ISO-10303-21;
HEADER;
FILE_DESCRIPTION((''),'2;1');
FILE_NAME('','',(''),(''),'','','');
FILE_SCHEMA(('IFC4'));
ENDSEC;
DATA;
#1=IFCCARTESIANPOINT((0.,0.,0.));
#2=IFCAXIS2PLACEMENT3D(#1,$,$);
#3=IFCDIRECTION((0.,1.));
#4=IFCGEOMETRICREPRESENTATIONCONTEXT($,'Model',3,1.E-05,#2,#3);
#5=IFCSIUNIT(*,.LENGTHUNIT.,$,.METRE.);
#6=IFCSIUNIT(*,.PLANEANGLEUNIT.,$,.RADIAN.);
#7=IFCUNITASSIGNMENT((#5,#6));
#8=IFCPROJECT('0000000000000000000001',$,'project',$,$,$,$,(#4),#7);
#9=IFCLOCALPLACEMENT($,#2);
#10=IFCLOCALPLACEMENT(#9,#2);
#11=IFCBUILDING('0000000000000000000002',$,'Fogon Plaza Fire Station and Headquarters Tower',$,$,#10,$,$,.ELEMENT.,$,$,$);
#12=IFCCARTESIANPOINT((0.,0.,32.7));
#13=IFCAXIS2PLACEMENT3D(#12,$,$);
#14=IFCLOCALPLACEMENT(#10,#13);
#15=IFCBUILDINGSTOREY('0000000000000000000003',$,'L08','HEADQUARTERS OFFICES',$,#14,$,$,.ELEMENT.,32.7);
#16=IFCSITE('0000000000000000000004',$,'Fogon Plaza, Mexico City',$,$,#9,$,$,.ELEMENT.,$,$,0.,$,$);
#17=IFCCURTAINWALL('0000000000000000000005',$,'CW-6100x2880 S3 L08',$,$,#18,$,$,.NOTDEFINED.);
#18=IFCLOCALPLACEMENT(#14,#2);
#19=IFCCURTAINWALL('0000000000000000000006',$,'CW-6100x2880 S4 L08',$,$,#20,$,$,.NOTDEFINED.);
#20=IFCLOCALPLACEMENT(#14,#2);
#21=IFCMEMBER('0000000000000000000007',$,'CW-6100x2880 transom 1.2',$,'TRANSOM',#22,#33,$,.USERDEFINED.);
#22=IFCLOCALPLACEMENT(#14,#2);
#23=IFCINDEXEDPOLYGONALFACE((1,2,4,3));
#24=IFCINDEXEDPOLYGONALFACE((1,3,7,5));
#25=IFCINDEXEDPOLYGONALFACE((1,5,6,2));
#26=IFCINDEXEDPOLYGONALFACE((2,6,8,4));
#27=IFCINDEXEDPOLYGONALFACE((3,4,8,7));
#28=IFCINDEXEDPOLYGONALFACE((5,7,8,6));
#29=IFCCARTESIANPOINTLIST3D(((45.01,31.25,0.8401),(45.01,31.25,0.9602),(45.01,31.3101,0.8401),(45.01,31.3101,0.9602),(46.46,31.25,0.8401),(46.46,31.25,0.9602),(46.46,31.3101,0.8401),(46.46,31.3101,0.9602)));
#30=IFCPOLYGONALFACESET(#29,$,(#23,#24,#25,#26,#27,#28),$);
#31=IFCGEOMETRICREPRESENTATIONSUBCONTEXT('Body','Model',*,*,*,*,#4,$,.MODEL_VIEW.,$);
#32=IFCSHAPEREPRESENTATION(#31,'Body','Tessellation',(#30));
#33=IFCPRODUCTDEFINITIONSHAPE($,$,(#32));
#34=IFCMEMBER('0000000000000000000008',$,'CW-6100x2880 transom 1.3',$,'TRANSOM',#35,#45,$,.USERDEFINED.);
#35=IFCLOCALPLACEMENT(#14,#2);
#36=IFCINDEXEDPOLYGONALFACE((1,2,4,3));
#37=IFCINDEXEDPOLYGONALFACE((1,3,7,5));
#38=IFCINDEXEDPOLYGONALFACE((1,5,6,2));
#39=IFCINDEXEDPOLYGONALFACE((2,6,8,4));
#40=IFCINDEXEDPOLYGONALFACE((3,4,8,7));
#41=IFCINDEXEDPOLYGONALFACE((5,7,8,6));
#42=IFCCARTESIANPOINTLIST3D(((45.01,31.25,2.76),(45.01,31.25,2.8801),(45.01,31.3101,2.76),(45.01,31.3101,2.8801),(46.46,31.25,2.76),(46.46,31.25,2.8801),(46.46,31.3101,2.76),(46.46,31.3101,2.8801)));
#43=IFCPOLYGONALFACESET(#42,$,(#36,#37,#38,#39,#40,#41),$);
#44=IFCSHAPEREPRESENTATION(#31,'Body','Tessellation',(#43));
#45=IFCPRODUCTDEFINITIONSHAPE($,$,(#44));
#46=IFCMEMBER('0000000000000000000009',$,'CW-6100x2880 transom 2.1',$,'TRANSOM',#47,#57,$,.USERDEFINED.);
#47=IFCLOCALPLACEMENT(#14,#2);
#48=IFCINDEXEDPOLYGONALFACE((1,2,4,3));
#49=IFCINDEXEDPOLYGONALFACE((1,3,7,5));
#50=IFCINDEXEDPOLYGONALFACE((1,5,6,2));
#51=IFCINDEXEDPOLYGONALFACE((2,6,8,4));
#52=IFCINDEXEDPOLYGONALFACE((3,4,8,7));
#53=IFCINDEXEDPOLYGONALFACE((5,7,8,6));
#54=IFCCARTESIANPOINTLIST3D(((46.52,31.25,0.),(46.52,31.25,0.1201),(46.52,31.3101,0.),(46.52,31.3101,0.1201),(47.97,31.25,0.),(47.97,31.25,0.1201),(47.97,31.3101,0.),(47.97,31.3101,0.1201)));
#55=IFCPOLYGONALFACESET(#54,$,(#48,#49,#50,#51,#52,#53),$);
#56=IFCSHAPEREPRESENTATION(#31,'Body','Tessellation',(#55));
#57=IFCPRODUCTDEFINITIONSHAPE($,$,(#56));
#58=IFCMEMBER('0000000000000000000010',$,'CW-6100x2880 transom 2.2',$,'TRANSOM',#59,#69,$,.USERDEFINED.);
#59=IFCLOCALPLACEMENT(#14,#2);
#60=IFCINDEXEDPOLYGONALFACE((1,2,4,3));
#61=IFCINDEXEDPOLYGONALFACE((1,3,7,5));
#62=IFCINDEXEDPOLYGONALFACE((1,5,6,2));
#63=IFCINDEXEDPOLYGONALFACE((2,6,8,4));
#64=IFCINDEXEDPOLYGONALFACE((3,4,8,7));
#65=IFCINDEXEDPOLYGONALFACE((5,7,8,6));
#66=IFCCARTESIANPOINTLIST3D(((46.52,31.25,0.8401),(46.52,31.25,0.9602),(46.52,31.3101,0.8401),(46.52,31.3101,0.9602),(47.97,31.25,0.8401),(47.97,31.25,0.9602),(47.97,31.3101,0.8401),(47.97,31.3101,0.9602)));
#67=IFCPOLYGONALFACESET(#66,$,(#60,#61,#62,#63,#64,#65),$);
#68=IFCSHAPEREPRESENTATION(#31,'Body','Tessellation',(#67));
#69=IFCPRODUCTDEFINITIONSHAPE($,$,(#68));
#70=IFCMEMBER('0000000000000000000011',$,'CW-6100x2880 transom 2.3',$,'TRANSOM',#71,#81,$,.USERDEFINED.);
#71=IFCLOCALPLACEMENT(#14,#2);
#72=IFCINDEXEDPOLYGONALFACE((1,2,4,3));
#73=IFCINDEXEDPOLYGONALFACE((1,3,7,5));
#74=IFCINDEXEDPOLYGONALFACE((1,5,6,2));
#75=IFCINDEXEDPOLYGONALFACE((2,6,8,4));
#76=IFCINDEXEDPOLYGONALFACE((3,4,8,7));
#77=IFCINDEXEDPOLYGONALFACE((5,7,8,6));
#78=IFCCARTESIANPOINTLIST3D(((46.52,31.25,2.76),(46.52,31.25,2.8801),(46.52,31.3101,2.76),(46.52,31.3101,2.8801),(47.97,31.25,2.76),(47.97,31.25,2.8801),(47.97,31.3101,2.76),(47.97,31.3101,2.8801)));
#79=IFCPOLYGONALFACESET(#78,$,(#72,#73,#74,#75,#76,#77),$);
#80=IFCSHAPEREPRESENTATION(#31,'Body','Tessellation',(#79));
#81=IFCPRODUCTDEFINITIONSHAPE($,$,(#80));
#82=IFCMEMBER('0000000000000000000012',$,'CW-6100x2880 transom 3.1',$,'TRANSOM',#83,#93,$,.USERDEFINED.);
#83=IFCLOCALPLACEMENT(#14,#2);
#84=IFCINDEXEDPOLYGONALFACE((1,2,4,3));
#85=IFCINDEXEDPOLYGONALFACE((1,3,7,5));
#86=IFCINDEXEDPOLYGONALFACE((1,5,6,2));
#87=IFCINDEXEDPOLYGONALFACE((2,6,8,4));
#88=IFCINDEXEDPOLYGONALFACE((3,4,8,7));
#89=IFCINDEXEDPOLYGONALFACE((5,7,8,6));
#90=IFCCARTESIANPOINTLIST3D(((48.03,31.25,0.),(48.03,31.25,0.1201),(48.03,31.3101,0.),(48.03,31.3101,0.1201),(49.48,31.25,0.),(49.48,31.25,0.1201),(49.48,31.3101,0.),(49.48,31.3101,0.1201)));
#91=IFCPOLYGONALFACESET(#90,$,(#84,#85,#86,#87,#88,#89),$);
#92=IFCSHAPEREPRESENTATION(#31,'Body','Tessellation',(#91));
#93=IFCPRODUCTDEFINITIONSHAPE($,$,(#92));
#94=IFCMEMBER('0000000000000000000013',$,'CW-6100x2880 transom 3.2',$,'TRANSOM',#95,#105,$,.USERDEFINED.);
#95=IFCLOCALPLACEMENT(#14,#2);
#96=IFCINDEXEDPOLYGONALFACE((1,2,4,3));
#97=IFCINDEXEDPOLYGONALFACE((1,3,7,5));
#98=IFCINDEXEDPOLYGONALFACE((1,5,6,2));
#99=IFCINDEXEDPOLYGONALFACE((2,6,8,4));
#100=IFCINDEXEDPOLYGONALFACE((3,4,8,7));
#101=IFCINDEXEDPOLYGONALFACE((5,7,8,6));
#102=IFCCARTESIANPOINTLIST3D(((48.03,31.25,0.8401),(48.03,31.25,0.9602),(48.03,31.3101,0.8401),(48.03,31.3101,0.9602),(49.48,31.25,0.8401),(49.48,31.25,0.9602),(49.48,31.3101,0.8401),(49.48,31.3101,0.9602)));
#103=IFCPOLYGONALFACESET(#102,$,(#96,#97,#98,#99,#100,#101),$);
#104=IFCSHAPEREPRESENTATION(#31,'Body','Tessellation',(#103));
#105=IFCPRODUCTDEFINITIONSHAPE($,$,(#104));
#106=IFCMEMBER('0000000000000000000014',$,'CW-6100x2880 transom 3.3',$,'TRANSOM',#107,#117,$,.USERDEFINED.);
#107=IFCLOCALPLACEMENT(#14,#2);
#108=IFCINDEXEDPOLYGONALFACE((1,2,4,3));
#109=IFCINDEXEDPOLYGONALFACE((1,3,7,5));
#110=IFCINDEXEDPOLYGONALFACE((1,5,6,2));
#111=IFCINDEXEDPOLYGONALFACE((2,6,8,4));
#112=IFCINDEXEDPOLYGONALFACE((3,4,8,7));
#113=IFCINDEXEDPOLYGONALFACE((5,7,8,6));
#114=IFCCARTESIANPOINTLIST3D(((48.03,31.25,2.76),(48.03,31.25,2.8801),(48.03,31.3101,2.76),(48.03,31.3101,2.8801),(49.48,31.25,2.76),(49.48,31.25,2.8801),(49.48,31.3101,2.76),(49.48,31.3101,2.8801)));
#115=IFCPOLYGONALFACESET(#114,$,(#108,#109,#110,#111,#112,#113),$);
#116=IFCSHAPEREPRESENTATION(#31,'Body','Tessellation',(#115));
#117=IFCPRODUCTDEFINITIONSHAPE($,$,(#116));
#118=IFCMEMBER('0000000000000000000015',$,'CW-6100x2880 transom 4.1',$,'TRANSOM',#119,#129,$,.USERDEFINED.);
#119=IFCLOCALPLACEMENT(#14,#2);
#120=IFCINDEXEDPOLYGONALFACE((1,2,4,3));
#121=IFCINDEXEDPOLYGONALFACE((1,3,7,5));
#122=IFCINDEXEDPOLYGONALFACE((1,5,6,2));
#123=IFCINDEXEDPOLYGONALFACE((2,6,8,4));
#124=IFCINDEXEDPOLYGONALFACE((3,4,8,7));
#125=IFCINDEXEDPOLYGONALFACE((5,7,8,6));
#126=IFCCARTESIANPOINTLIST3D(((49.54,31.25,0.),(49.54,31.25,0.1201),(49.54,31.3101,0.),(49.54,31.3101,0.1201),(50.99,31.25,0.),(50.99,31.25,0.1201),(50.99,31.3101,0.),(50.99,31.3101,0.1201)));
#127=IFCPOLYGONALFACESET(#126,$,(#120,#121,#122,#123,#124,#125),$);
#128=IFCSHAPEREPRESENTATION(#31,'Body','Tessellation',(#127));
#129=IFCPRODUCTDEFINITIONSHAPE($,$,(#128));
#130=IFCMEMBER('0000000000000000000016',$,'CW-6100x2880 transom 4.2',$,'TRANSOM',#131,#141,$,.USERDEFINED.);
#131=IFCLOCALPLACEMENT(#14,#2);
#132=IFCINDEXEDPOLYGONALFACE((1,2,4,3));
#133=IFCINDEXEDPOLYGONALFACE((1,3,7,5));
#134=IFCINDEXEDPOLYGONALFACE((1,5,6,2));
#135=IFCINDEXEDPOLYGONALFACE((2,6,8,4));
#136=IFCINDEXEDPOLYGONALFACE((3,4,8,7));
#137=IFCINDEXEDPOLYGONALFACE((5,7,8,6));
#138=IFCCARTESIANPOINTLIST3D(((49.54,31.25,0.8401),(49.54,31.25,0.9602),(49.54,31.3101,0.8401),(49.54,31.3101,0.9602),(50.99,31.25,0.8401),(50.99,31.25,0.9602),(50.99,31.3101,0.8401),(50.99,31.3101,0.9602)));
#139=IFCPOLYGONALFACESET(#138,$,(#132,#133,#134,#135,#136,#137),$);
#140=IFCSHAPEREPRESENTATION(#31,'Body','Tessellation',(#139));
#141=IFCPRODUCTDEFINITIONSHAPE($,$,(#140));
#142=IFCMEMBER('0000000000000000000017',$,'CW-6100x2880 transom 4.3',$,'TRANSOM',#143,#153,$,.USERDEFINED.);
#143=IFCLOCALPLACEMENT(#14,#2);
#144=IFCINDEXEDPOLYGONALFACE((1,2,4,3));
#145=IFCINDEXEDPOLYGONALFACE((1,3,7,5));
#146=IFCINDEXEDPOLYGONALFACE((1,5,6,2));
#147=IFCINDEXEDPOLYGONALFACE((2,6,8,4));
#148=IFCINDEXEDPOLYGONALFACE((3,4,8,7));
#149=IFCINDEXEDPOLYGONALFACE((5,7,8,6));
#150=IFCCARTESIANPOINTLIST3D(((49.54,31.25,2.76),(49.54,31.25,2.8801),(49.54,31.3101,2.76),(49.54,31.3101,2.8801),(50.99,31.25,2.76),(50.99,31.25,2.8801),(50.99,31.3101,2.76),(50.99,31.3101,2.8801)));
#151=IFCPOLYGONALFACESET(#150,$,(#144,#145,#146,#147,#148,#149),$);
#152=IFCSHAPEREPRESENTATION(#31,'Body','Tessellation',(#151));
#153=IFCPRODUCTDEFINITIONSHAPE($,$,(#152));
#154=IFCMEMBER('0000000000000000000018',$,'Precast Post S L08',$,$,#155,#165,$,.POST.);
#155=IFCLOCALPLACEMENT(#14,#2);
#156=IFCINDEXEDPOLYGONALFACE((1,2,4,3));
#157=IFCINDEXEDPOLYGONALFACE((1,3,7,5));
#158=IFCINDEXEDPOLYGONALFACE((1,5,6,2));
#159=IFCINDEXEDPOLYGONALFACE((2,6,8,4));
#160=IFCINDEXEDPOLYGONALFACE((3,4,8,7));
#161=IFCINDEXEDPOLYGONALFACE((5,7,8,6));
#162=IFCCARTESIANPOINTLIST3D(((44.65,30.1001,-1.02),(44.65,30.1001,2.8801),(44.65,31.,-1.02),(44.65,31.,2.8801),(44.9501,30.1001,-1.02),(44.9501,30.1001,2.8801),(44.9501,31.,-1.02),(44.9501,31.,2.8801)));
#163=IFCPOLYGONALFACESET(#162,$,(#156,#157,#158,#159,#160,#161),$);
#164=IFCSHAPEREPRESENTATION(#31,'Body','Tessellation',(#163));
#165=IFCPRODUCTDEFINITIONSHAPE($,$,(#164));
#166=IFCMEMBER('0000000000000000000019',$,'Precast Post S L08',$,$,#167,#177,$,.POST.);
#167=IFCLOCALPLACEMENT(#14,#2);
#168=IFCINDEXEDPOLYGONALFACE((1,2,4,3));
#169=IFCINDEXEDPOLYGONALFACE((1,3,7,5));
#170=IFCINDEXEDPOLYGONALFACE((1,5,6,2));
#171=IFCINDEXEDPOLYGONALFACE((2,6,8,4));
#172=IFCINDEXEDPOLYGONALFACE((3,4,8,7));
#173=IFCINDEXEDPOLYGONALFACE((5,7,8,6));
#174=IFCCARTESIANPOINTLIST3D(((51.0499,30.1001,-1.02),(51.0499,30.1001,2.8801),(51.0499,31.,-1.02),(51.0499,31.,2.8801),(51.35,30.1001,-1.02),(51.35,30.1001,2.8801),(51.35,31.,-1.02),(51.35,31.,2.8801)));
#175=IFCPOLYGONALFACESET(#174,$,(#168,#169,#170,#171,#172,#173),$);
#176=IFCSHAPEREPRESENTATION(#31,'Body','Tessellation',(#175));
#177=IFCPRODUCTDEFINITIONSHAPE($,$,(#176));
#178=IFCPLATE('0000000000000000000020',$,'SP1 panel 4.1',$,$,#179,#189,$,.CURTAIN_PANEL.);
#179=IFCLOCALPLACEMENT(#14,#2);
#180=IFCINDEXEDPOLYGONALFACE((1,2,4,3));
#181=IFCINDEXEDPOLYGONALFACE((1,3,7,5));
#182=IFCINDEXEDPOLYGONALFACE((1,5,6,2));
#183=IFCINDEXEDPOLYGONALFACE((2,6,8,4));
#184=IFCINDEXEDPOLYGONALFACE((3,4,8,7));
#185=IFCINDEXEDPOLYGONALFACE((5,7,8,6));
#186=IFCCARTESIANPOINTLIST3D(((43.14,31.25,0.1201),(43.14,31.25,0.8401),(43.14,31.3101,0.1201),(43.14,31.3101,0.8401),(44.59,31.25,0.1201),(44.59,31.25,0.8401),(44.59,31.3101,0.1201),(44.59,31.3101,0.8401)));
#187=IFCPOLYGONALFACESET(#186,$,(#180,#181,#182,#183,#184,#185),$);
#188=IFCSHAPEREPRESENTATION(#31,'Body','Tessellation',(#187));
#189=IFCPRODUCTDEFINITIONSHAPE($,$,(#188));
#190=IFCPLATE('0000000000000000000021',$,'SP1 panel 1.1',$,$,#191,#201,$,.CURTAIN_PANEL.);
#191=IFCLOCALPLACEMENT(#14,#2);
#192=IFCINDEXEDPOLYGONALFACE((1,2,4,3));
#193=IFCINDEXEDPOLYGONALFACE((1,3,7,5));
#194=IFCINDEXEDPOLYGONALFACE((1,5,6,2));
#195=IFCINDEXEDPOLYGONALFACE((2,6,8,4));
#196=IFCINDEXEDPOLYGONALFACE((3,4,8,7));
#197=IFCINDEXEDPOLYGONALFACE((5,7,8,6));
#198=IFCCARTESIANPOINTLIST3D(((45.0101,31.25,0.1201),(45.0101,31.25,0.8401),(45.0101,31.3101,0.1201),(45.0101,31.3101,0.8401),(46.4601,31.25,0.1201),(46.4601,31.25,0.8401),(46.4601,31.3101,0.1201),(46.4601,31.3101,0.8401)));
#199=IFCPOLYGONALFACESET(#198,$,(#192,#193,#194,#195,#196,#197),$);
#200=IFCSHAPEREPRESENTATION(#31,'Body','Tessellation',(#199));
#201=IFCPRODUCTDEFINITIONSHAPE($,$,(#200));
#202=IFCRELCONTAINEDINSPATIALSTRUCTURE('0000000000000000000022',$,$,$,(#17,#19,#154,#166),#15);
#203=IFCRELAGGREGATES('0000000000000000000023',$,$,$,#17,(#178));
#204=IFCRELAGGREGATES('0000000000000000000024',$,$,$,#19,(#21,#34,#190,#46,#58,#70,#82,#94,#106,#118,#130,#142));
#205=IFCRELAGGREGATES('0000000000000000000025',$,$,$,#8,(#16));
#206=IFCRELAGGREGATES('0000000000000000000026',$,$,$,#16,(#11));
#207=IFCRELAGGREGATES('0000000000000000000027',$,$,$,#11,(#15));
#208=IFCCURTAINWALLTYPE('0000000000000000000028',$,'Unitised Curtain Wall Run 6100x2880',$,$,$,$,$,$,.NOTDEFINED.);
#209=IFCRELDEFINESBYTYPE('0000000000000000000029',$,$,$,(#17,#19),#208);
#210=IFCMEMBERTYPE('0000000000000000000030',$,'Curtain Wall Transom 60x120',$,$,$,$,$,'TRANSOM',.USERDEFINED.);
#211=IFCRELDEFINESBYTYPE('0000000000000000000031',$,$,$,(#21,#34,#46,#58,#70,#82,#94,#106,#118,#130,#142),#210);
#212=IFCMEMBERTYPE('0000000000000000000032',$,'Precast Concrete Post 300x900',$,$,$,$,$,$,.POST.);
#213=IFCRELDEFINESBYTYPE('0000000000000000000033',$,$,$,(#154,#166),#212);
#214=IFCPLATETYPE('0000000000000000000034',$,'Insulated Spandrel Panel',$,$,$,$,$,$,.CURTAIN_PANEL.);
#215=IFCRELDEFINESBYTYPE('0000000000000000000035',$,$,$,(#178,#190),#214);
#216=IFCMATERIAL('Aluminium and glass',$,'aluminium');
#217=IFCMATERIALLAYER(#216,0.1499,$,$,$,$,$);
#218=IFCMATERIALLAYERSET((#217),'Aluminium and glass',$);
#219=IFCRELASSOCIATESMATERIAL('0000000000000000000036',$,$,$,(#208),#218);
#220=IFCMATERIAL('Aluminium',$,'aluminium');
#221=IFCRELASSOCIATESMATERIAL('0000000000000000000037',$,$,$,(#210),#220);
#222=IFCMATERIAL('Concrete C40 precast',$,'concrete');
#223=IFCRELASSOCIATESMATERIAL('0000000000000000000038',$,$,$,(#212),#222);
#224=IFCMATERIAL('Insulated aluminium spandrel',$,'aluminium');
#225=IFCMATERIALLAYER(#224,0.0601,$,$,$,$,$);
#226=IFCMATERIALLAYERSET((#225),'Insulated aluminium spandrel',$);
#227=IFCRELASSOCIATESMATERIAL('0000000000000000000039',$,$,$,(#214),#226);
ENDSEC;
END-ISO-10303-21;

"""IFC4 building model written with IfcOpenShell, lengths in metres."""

from ifc_helpers import new_model, si_unit, direction, frame, origin, origin_2d, place, context, subcontext, project, spatial, rectangle, extrude, material, layer, layer_set, material_profile, profile_set, type_object, element, aggregate, save


model = new_model("IFC4")

# Units and contexts
model_context = context("Model", 3, precision=1e-05, world=origin(), true_north=direction((0.0, 1.0)))
body_context = subcontext(model_context, "Body", "Model", "MODEL_VIEW")
ifc_project = project(units=[si_unit("LENGTHUNIT", "METRE"), si_unit("PLANEANGLEUNIT", "RADIAN")], contexts=[model_context])

# Site, building, storey
site_placement = place(None, origin())
site = spatial("IfcSite", under=ifc_project, at=site_placement, Name="Fogon Plaza, Mexico City", CompositionType="ELEMENT", RefElevation=0.0)
building_placement = place(site_placement, origin())
building = spatial("IfcBuilding", under=site, at=building_placement, Name="Fogon Plaza Fire Station and Headquarters Tower", CompositionType="ELEMENT")
storey_placement = place(building_placement, frame((0.0, 0.0, 32.7)))
storey = spatial("IfcBuildingStorey", under=building, at=storey_placement, Name="L08", Description="HEADQUARTERS OFFICES", CompositionType="ELEMENT", Elevation=32.7)

# Curtain walls
ifc_material_1 = material(Name="Aluminium and glass", Category="aluminium")
ifc_layer_1 = layer(ifc_material_1, 0.1499)
ifc_layer_set_1 = layer_set([ifc_layer_1], Name="Aluminium and glass")
curtain_wall_type = type_object("IfcCurtainWallType", Name="Unitised Curtain Wall Run 6100x2880", PredefinedType="NOTDEFINED", material=ifc_layer_set_1)
curtain_wall_1_placement = place(storey_placement, origin())
curtain_wall_1 = element("IfcCurtainWall", 1, at=curtain_wall_1_placement, inside=storey, type_object=curtain_wall_type, Name="CW-6100x2880 S3 L08", PredefinedType="NOTDEFINED")
curtain_wall_2_placement = place(storey_placement, origin())
curtain_wall_2 = element("IfcCurtainWall", 2, at=curtain_wall_2_placement, inside=storey, type_object=curtain_wall_type, Name="CW-6100x2880 S4 L08", PredefinedType="NOTDEFINED")

# Members
ifc_material_2 = material(Name="Aluminium", Category="aluminium")
ifc_material_profile_1 = material_profile(ifc_material_2, rectangle(XDim=0.0601, YDim=0.1201, at=origin_2d()), Name="Curtain Wall Transom 60x120")
ifc_profile_set_1 = profile_set([ifc_material_profile_1], Name="Aluminium")
member_type_1 = type_object("IfcMemberType", Name="Curtain Wall Transom 60x120", ElementType="TRANSOM", PredefinedType="USERDEFINED", material=ifc_profile_set_1)
member_1_placement = place(storey_placement, frame((45.01, 31.28, 0.9001), z_axis=(1.0, 0.0, 0.0), x_axis=(0.0, 1.0, 0.0)))
member_1 = element("IfcMember", 3, at=member_1_placement, type_object=member_type_1, Name="CW-6100x2880 transom 1.2", ObjectType="TRANSOM", PredefinedType="USERDEFINED", context=body_context, shape_type="SweptSolid", body=[
    extrude(rectangle(XDim=0.0601, YDim=0.1201, at=origin_2d()), origin(), (0.0, 0.0, 1.0), 1.45),
])
member_2_placement = place(storey_placement, frame((45.01, 31.28, 2.8201), z_axis=(1.0, 0.0, 0.0), x_axis=(0.0, 1.0, 0.0)))
member_2 = element("IfcMember", 4, at=member_2_placement, type_object=member_type_1, Name="CW-6100x2880 transom 1.3", ObjectType="TRANSOM", PredefinedType="USERDEFINED", context=body_context, shape_type="SweptSolid", body=[
    extrude(rectangle(XDim=0.0601, YDim=0.1201, at=origin_2d()), origin(), (0.0, 0.0, 1.0), 1.45),
])
member_3_placement = place(storey_placement, frame((46.52, 31.28, 0.0601), z_axis=(1.0, 0.0, 0.0), x_axis=(0.0, 1.0, 0.0)))
member_3 = element("IfcMember", 5, at=member_3_placement, type_object=member_type_1, Name="CW-6100x2880 transom 2.1", ObjectType="TRANSOM", PredefinedType="USERDEFINED", context=body_context, shape_type="SweptSolid", body=[
    extrude(rectangle(XDim=0.0601, YDim=0.1201, at=origin_2d()), origin(), (0.0, 0.0, 1.0), 1.45),
])
member_4_placement = place(storey_placement, frame((46.52, 31.28, 0.9001), z_axis=(1.0, 0.0, 0.0), x_axis=(0.0, 1.0, 0.0)))
member_4 = element("IfcMember", 6, at=member_4_placement, type_object=member_type_1, Name="CW-6100x2880 transom 2.2", ObjectType="TRANSOM", PredefinedType="USERDEFINED", context=body_context, shape_type="SweptSolid", body=[
    extrude(rectangle(XDim=0.0601, YDim=0.1201, at=origin_2d()), origin(), (0.0, 0.0, 1.0), 1.45),
])
member_5_placement = place(storey_placement, frame((46.52, 31.28, 2.8201), z_axis=(1.0, 0.0, 0.0), x_axis=(0.0, 1.0, 0.0)))
member_5 = element("IfcMember", 7, at=member_5_placement, type_object=member_type_1, Name="CW-6100x2880 transom 2.3", ObjectType="TRANSOM", PredefinedType="USERDEFINED", context=body_context, shape_type="SweptSolid", body=[
    extrude(rectangle(XDim=0.0601, YDim=0.1201, at=origin_2d()), origin(), (0.0, 0.0, 1.0), 1.45),
])
member_6_placement = place(storey_placement, frame((48.03, 31.28, 0.0601), z_axis=(1.0, 0.0, 0.0), x_axis=(0.0, 1.0, 0.0)))
member_6 = element("IfcMember", 8, at=member_6_placement, type_object=member_type_1, Name="CW-6100x2880 transom 3.1", ObjectType="TRANSOM", PredefinedType="USERDEFINED", context=body_context, shape_type="SweptSolid", body=[
    extrude(rectangle(XDim=0.0601, YDim=0.1201, at=origin_2d()), origin(), (0.0, 0.0, 1.0), 1.45),
])
member_7_placement = place(storey_placement, frame((48.03, 31.28, 0.9001), z_axis=(1.0, 0.0, 0.0), x_axis=(0.0, 1.0, 0.0)))
member_7 = element("IfcMember", 9, at=member_7_placement, type_object=member_type_1, Name="CW-6100x2880 transom 3.2", ObjectType="TRANSOM", PredefinedType="USERDEFINED", context=body_context, shape_type="SweptSolid", body=[
    extrude(rectangle(XDim=0.0601, YDim=0.1201, at=origin_2d()), origin(), (0.0, 0.0, 1.0), 1.45),
])
member_8_placement = place(storey_placement, frame((48.03, 31.28, 2.8201), z_axis=(1.0, 0.0, 0.0), x_axis=(0.0, 1.0, 0.0)))
member_8 = element("IfcMember", 10, at=member_8_placement, type_object=member_type_1, Name="CW-6100x2880 transom 3.3", ObjectType="TRANSOM", PredefinedType="USERDEFINED", context=body_context, shape_type="SweptSolid", body=[
    extrude(rectangle(XDim=0.0601, YDim=0.1201, at=origin_2d()), origin(), (0.0, 0.0, 1.0), 1.45),
])
member_9_placement = place(storey_placement, frame((49.54, 31.28, 0.0601), z_axis=(1.0, 0.0, 0.0), x_axis=(0.0, 1.0, 0.0)))
member_9 = element("IfcMember", 11, at=member_9_placement, type_object=member_type_1, Name="CW-6100x2880 transom 4.1", ObjectType="TRANSOM", PredefinedType="USERDEFINED", context=body_context, shape_type="SweptSolid", body=[
    extrude(rectangle(XDim=0.0601, YDim=0.1201, at=origin_2d()), origin(), (0.0, 0.0, 1.0), 1.45),
])
member_10_placement = place(storey_placement, frame((49.54, 31.28, 0.9001), z_axis=(1.0, 0.0, 0.0), x_axis=(0.0, 1.0, 0.0)))
member_10 = element("IfcMember", 12, at=member_10_placement, type_object=member_type_1, Name="CW-6100x2880 transom 4.2", ObjectType="TRANSOM", PredefinedType="USERDEFINED", context=body_context, shape_type="SweptSolid", body=[
    extrude(rectangle(XDim=0.0601, YDim=0.1201, at=origin_2d()), origin(), (0.0, 0.0, 1.0), 1.45),
])
member_11_placement = place(storey_placement, frame((49.54, 31.28, 2.8201), z_axis=(1.0, 0.0, 0.0), x_axis=(0.0, 1.0, 0.0)))
member_11 = element("IfcMember", 13, at=member_11_placement, type_object=member_type_1, Name="CW-6100x2880 transom 4.3", ObjectType="TRANSOM", PredefinedType="USERDEFINED", context=body_context, shape_type="SweptSolid", body=[
    extrude(rectangle(XDim=0.0601, YDim=0.1201, at=origin_2d()), origin(), (0.0, 0.0, 1.0), 1.45),
])

# Members
ifc_material_3 = material(Name="Concrete C40 precast", Category="concrete")
ifc_material_profile_2 = material_profile(ifc_material_3, rectangle(XDim=0.3, YDim=0.8999, at=origin_2d()), Name="Precast Concrete Post 300x900")
ifc_profile_set_2 = profile_set([ifc_material_profile_2], Name="Concrete C40 precast")
member_type_2 = type_object("IfcMemberType", Name="Precast Concrete Post 300x900", PredefinedType="POST", material=ifc_profile_set_2)
for number, where, z_axis, x_axis, name in (
    (14, (44.8, 30.55, -1.02), (0.0, 0.0, 1.0), (1.0, 0.0, 0.0), "Precast Post S L08"),
    (15, (51.2, 30.55, -1.02), (0.0, 0.0, 1.0), (1.0, 0.0, 0.0), "Precast Post S L08"),
):
    element("IfcMember", number, at=place(storey_placement, frame(where, z_axis=z_axis, x_axis=x_axis)), inside=storey, type_object=member_type_2, Name=name, PredefinedType="POST", context=body_context, shape_type="SweptSolid", body=[
        extrude(rectangle(XDim=0.3, YDim=0.8999, at=origin_2d()), origin(), (0.0, 0.0, 1.0), 3.9001),
    ])

# Plates
ifc_material_4 = material(Name="Insulated aluminium spandrel", Category="aluminium")
ifc_layer_2 = layer(ifc_material_4, 0.0601)
ifc_layer_set_2 = layer_set([ifc_layer_2], Name="Insulated aluminium spandrel")
plate_type_1 = type_object("IfcPlateType", Name="Insulated Spandrel Panel", PredefinedType="CURTAIN_PANEL", material=ifc_layer_set_2)
plate_1_placement = place(storey_placement, frame((43.865, 31.28, 0.1201), z_axis=(0.0, 0.0, 1.0), x_axis=(1.0, 0.0, 0.0)))
plate_1 = element("IfcPlate", 16, at=plate_1_placement, type_object=plate_type_1, Name="SP1 panel 4.1", PredefinedType="CURTAIN_PANEL", context=body_context, shape_type="SweptSolid", body=[
    extrude(rectangle(XDim=1.45, YDim=0.0601, at=origin_2d()), origin(), (0.0, 0.0, 1.0), 0.72),
])
plate_2_placement = place(storey_placement, frame((45.7351, 31.28, 0.1201), z_axis=(0.0, 0.0, 1.0), x_axis=(1.0, 0.0, 0.0)))
plate_2 = element("IfcPlate", 17, at=plate_2_placement, type_object=plate_type_1, Name="SP1 panel 1.1", PredefinedType="CURTAIN_PANEL", context=body_context, shape_type="SweptSolid", body=[
    extrude(rectangle(XDim=1.45, YDim=0.0601, at=origin_2d()), origin(), (0.0, 0.0, 1.0), 0.72),
])
aggregate(curtain_wall_1, [plate_1])
aggregate(curtain_wall_2, [member_1, member_2, plate_2, member_3, member_4, member_5, member_6, member_7, member_8, member_9, member_10, member_11])

save(model, "model.ifc")
